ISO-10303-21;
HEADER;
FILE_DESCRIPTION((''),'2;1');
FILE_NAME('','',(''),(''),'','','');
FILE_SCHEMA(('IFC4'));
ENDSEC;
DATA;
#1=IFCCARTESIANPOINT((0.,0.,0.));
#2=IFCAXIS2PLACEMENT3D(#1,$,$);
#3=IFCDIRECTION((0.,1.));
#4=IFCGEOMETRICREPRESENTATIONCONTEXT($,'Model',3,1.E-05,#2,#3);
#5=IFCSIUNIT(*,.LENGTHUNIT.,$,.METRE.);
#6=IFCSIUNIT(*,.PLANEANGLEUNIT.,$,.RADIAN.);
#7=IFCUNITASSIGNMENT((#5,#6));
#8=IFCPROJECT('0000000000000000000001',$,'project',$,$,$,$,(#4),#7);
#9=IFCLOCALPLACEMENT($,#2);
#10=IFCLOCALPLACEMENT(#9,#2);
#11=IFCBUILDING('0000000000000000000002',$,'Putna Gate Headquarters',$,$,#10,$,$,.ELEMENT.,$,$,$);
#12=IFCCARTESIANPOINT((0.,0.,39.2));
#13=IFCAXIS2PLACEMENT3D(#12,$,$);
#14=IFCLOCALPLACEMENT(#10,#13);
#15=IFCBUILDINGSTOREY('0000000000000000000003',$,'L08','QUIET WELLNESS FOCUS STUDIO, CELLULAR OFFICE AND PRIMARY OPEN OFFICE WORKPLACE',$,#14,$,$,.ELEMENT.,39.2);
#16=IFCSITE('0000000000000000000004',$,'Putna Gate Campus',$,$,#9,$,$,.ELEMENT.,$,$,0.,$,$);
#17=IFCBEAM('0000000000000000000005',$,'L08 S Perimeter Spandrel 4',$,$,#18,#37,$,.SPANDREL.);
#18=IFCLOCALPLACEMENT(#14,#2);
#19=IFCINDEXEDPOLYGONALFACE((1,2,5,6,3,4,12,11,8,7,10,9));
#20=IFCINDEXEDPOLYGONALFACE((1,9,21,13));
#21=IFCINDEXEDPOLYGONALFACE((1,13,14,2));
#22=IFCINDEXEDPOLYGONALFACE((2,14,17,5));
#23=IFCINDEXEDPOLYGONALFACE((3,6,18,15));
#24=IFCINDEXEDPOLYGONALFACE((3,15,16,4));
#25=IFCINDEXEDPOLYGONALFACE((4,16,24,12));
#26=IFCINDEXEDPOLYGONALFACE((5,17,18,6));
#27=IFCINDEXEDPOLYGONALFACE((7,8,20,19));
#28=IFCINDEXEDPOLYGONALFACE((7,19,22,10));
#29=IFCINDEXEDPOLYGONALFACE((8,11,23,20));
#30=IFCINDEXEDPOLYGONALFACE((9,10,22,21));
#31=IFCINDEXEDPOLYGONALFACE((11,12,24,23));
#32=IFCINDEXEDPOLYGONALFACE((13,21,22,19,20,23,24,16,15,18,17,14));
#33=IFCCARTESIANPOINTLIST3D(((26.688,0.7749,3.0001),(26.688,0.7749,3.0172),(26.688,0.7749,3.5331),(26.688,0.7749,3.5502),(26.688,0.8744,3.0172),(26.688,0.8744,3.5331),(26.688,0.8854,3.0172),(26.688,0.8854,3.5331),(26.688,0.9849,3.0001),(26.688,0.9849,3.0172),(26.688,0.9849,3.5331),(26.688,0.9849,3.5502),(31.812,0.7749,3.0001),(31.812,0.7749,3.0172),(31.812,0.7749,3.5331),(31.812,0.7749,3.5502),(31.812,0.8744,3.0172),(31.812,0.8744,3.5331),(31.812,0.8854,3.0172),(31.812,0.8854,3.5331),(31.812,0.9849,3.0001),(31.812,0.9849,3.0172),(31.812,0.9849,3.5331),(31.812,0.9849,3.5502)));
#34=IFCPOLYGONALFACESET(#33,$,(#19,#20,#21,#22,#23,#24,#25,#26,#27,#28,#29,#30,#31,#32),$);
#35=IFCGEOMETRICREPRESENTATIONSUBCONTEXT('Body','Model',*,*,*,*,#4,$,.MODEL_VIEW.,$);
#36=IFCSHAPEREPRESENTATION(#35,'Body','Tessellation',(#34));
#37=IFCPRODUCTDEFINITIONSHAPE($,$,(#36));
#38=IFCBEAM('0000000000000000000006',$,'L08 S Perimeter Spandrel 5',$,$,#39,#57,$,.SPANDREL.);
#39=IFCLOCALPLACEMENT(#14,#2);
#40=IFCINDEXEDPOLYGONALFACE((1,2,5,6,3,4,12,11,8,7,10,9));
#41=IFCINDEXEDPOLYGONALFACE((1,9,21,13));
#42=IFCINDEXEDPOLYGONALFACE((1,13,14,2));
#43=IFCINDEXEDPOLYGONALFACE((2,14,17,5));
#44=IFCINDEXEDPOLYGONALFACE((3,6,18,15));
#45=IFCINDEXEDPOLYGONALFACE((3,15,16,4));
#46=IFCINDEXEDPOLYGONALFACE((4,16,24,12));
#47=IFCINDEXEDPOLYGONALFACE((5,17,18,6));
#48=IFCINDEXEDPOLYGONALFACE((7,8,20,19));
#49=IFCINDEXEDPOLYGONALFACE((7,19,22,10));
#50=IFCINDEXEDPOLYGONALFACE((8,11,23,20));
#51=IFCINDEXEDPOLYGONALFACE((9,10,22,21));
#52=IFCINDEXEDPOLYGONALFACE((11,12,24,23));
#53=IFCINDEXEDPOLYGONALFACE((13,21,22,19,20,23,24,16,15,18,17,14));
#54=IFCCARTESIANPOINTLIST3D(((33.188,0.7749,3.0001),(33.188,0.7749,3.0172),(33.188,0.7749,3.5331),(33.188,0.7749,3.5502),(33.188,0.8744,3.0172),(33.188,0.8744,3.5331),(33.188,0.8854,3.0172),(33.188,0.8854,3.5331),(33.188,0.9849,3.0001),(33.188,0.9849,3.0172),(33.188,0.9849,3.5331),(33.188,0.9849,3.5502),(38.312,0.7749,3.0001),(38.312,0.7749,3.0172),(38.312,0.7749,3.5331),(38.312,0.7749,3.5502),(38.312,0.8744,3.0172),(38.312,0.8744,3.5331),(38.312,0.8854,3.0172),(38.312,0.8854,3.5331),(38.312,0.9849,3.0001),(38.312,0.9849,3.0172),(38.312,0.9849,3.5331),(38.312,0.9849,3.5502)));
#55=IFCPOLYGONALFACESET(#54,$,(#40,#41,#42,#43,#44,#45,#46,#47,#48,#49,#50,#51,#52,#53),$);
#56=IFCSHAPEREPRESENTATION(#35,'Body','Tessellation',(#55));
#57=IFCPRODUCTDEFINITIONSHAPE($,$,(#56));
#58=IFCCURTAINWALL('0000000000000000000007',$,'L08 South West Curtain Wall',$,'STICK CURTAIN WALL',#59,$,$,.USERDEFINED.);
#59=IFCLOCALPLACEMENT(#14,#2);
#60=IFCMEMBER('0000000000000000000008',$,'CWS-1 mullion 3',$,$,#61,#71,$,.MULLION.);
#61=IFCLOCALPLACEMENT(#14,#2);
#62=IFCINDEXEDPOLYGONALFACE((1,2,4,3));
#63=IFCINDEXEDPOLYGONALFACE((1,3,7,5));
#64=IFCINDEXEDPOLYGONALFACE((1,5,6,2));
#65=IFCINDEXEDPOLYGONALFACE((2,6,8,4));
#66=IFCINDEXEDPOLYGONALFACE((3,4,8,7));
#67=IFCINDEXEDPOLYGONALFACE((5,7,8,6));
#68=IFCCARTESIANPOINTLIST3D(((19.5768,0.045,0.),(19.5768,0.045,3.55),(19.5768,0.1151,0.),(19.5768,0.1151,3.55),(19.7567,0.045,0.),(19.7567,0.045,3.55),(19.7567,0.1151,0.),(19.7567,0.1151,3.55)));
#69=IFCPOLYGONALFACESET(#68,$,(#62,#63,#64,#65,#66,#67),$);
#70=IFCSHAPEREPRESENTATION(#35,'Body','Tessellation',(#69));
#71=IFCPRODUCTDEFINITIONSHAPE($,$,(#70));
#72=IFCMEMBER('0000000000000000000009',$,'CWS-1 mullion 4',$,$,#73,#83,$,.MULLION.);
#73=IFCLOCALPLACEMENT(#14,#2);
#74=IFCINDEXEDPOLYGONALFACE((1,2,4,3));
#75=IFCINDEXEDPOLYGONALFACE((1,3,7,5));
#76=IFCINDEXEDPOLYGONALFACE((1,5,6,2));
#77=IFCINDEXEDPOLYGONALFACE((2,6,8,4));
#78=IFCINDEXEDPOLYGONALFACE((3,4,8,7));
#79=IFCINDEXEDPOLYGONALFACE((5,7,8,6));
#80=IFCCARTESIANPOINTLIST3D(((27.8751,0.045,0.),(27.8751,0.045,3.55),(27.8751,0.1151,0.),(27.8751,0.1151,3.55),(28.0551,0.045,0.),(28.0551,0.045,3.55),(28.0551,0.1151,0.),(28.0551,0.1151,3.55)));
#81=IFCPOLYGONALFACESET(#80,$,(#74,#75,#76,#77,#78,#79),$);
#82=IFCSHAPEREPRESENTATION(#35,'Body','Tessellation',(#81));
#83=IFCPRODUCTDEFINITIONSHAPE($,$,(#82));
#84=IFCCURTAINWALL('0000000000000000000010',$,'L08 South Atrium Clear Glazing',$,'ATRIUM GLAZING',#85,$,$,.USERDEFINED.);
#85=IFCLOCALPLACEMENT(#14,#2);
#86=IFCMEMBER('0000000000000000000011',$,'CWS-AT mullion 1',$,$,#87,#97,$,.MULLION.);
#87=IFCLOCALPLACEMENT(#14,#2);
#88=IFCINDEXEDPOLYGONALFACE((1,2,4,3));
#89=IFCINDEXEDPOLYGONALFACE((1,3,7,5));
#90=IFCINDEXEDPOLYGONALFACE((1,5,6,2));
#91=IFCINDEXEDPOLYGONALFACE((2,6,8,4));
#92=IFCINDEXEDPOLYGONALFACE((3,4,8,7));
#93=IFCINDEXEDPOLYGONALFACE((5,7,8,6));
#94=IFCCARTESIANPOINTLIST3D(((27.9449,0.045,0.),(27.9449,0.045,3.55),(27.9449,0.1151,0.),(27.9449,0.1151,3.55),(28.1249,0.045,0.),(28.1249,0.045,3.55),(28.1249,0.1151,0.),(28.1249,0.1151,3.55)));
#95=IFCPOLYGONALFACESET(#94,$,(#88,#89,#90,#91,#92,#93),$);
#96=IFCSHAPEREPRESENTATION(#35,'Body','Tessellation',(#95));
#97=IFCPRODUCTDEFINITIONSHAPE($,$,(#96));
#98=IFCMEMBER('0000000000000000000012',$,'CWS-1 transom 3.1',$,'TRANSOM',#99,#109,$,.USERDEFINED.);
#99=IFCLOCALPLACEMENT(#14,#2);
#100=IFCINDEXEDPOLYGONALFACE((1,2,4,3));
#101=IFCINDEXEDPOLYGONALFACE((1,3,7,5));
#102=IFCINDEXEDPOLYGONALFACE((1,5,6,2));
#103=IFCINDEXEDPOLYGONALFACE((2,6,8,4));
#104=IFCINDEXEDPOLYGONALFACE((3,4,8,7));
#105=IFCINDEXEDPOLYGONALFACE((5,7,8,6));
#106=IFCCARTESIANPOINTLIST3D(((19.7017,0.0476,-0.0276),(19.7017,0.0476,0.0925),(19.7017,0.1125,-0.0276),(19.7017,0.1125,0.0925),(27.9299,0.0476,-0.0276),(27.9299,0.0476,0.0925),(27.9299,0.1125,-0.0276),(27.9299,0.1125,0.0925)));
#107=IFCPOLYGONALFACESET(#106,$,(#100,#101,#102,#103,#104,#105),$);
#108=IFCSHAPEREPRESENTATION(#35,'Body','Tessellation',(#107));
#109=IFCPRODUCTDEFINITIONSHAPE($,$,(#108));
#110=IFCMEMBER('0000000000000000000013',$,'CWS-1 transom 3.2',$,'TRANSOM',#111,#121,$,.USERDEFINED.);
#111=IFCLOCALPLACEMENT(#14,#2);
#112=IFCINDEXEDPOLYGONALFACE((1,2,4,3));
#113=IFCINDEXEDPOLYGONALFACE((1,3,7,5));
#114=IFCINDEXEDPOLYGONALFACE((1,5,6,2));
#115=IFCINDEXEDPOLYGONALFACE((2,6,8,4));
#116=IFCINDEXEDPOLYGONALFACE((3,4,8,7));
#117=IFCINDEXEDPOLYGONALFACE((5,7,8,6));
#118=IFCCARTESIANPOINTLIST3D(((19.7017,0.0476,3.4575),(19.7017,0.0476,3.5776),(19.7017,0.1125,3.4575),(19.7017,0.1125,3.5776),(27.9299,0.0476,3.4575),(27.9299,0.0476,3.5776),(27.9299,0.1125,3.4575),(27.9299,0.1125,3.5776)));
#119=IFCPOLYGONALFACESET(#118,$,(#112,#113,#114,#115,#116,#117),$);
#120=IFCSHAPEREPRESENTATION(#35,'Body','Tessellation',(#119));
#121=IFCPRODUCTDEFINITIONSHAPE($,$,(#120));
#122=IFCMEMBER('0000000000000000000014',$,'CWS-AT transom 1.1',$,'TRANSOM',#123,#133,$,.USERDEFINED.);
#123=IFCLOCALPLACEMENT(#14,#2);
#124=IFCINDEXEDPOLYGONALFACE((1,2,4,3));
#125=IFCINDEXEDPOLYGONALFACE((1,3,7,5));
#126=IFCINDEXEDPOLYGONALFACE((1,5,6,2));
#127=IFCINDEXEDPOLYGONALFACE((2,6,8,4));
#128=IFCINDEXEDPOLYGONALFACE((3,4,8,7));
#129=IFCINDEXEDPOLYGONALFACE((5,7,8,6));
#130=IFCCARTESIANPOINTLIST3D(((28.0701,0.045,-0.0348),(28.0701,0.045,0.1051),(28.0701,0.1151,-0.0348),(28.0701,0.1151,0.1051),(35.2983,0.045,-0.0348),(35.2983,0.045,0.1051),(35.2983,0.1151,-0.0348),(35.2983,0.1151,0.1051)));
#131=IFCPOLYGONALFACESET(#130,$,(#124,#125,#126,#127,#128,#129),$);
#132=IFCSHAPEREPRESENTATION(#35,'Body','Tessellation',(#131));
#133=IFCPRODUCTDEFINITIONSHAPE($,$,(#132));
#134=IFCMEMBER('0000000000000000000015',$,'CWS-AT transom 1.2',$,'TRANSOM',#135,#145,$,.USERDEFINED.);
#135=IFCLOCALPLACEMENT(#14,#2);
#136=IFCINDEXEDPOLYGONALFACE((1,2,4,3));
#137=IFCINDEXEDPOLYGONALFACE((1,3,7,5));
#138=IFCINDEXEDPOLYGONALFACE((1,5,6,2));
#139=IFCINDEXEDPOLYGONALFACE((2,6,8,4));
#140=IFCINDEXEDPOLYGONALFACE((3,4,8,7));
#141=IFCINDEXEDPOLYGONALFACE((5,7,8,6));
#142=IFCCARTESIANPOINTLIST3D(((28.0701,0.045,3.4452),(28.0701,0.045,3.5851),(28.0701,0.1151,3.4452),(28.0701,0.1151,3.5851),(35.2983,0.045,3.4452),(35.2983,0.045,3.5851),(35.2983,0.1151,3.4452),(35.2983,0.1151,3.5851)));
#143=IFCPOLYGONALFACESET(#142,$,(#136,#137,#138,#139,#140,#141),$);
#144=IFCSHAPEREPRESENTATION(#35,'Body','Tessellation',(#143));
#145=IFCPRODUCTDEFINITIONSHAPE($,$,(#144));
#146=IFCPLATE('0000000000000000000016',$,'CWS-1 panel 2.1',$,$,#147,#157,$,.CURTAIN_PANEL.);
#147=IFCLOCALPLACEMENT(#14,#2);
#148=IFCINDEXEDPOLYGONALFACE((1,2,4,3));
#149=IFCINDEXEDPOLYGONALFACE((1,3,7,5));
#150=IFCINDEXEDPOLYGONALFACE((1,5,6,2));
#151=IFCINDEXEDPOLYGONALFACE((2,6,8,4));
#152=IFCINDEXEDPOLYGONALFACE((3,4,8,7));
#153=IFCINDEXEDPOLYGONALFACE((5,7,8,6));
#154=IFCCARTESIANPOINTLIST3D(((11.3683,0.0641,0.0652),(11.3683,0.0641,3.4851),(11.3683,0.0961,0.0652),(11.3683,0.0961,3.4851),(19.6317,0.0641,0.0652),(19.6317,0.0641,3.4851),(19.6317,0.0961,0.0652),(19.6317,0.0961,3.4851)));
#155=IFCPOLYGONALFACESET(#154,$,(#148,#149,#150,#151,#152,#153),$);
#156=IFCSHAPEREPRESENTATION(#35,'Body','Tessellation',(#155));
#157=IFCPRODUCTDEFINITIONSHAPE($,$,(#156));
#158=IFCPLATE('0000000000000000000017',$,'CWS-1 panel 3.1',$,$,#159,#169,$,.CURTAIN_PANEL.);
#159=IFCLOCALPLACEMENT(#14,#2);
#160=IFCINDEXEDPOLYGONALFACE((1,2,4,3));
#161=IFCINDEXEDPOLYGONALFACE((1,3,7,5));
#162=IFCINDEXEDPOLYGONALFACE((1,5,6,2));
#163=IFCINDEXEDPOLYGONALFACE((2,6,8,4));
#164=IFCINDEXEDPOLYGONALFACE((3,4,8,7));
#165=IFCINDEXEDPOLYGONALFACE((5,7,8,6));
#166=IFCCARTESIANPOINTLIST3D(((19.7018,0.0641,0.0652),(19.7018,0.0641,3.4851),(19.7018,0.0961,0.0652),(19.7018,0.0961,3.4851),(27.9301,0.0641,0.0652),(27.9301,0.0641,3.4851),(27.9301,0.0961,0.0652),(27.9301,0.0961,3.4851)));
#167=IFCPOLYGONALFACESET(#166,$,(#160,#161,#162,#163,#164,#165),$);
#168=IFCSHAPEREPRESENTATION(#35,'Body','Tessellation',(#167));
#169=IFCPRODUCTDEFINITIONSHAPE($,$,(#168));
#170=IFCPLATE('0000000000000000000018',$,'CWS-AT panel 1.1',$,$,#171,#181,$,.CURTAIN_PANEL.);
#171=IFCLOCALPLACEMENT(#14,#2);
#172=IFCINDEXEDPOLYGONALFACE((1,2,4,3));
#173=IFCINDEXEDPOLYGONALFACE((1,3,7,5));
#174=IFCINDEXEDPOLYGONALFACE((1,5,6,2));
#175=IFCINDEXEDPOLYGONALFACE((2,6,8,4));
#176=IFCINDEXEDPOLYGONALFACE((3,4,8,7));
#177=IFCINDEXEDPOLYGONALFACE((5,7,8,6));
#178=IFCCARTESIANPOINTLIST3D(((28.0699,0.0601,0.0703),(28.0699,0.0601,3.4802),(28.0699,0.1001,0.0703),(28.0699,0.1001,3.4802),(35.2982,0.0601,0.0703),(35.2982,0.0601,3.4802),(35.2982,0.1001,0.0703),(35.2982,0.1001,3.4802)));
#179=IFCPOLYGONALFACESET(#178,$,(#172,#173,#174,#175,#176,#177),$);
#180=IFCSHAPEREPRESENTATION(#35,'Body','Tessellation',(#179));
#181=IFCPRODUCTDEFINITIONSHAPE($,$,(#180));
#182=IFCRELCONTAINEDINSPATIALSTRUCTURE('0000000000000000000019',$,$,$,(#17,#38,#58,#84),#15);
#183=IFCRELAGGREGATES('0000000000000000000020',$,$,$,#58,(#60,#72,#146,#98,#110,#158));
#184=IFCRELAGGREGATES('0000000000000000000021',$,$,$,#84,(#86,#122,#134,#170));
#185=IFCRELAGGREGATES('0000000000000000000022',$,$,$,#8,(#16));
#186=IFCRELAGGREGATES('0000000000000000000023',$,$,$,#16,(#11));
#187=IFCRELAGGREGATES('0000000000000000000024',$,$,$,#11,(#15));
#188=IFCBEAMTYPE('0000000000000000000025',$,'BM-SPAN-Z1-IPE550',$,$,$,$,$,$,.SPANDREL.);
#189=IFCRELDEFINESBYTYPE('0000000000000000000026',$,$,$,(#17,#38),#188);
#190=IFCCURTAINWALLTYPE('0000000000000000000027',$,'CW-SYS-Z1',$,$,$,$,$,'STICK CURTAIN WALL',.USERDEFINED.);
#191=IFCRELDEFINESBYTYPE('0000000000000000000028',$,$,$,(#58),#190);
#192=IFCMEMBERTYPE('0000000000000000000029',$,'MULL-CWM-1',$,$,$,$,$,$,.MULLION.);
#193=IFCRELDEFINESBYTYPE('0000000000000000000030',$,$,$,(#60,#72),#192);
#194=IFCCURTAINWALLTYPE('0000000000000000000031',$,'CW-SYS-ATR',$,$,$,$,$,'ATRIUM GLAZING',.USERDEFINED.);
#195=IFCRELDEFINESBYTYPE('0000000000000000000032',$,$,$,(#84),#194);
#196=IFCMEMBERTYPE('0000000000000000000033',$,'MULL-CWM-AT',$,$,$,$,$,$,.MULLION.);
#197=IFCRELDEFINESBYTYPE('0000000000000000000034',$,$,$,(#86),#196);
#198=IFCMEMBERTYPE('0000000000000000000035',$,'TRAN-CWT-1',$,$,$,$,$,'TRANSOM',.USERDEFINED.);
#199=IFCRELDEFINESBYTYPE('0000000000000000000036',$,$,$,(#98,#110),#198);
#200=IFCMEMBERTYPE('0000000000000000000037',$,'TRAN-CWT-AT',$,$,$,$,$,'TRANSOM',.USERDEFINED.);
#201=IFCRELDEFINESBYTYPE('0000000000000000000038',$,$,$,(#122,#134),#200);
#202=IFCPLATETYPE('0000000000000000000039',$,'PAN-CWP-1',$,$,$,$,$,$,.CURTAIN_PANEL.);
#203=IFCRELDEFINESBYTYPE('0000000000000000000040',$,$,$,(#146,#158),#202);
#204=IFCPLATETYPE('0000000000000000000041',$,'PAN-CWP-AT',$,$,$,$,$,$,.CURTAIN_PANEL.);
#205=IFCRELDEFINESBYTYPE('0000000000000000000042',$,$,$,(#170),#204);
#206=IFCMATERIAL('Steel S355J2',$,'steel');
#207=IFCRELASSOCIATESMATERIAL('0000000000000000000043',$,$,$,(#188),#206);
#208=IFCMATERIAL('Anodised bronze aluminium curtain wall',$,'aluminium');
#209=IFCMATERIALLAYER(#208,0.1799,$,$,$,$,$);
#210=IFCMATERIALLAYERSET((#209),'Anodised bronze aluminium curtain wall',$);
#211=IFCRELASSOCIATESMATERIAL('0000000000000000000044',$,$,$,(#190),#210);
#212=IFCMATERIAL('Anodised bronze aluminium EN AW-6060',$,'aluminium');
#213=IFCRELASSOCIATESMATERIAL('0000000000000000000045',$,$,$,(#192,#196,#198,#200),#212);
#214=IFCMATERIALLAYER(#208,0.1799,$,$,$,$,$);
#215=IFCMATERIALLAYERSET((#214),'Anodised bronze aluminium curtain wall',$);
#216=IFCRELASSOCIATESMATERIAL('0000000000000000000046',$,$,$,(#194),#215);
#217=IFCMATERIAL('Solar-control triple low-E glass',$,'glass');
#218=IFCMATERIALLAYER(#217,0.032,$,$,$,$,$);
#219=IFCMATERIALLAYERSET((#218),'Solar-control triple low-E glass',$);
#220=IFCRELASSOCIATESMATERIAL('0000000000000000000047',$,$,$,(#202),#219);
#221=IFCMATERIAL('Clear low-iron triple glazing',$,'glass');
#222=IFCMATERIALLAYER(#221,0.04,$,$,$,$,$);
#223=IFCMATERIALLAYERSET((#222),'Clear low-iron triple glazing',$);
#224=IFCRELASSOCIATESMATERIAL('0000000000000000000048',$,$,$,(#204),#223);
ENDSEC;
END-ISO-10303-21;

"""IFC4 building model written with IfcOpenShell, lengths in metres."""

from ifc_helpers import new_model, si_unit, direction, frame, origin, origin_2d, place, context, subcontext, project, spatial, rectangle, i_section, extrude, material, layer, layer_set, material_profile, profile_set, type_object, element, aggregate, save


model = new_model("IFC4")

# Units and contexts
model_context = context("Model", 3, precision=1e-05, world=origin(), true_north=direction((0.0, 1.0)))
body_context = subcontext(model_context, "Body", "Model", "MODEL_VIEW")
ifc_project = project(units=[si_unit("LENGTHUNIT", "METRE"), si_unit("PLANEANGLEUNIT", "RADIAN")], contexts=[model_context])

# Site, building, storey
site_placement = place(None, origin())
site = spatial("IfcSite", under=ifc_project, at=site_placement, Name="Putna Gate Campus", CompositionType="ELEMENT", RefElevation=0.0)
building_placement = place(site_placement, origin())
building = spatial("IfcBuilding", under=site, at=building_placement, Name="Putna Gate Headquarters", CompositionType="ELEMENT")
storey_placement = place(building_placement, frame((0.0, 0.0, 39.2)))
storey = spatial("IfcBuildingStorey", under=building, at=storey_placement, Name="L08", Description="QUIET WELLNESS FOCUS STUDIO, CELLULAR OFFICE AND PRIMARY OPEN OFFICE WORKPLACE", CompositionType="ELEMENT", Elevation=39.2)

# Beams
ifc_material_1 = material(Name="Steel S355J2", Category="steel")
ifc_material_profile_1 = material_profile(ifc_material_1, i_section(OverallWidth=0.21, OverallDepth=0.55, WebThickness=0.011, FlangeThickness=0.0171, at=origin_2d()), Name="Steel S355J2")
ifc_profile_set_1 = profile_set([ifc_material_profile_1], Name="Steel S355J2")
beam_type_1 = type_object("IfcBeamType", Name="BM-SPAN-Z1-IPE550", PredefinedType="SPANDREL", material=ifc_profile_set_1)
for number, where, z_axis, x_axis, name in (
    (1, (26.688, 0.8799, 3.2751), (1.0, 0.0, 0.0), (0.0, 1.0, 0.0), "L08 S Perimeter Spandrel 4"),
    (2, (33.188, 0.8799, 3.2751), (1.0, 0.0, 0.0), (0.0, 1.0, 0.0), "L08 S Perimeter Spandrel 5"),
):
    element("IfcBeam", number, at=place(storey_placement, frame(where, z_axis=z_axis, x_axis=x_axis)), inside=storey, type_object=beam_type_1, Name=name, PredefinedType="SPANDREL", context=body_context, shape_type="SweptSolid", body=[
        extrude(i_section(OverallWidth=0.21, OverallDepth=0.55, WebThickness=0.011, FlangeThickness=0.0171, at=origin_2d()), origin(), (0.0, 0.0, 1.0), 5.124),
    ])

# Curtain wall, members
ifc_material_2 = material(Name="Anodised bronze aluminium curtain wall", Category="aluminium")
ifc_layer_1 = layer(ifc_material_2, 0.1799)
ifc_layer_set_1 = layer_set([ifc_layer_1], Name="Anodised bronze aluminium curtain wall")
curtain_wall_type_1 = type_object("IfcCurtainWallType", Name="CW-SYS-Z1", ElementType="STICK CURTAIN WALL", PredefinedType="USERDEFINED", material=ifc_layer_set_1)
curtain_wall_1_placement = place(storey_placement, origin())
curtain_wall_1 = element("IfcCurtainWall", 3, at=curtain_wall_1_placement, inside=storey, type_object=curtain_wall_type_1, Name="L08 South West Curtain Wall", ObjectType="STICK CURTAIN WALL", PredefinedType="USERDEFINED")
ifc_material_3 = material(Name="Anodised bronze aluminium EN AW-6060", Category="aluminium")
ifc_material_profile_2 = material_profile(ifc_material_3, rectangle(XDim=0.0701, YDim=0.1799, at=origin_2d()), Name="Anodised bronze aluminium EN AW-6060")
ifc_profile_set_2 = profile_set([ifc_material_profile_2], Name="Anodised bronze aluminium EN AW-6060")
member_type_1 = type_object("IfcMemberType", Name="MULL-CWM-1", PredefinedType="MULLION", material=ifc_profile_set_2)
member_1_placement = place(storey_placement, frame((19.6667, 0.0801, 0.0), z_axis=(0.0, 0.0, 1.0), x_axis=(0.0, 1.0, 0.0)))
member_1 = element("IfcMember", 4, at=member_1_placement, type_object=member_type_1, Name="CWS-1 mullion 3", PredefinedType="MULLION", context=body_context, shape_type="SweptSolid", body=[
    extrude(rectangle(XDim=0.0701, YDim=0.1799, at=origin_2d()), origin(), (0.0, 0.0, 1.0), 3.55),
])
member_2_placement = place(storey_placement, frame((27.9651, 0.0801, 0.0), z_axis=(0.0, 0.0, 1.0), x_axis=(0.0, 1.0, 0.0)))
member_2 = element("IfcMember", 5, at=member_2_placement, type_object=member_type_1, Name="CWS-1 mullion 4", PredefinedType="MULLION", context=body_context, shape_type="SweptSolid", body=[
    extrude(rectangle(XDim=0.0701, YDim=0.1799, at=origin_2d()), origin(), (0.0, 0.0, 1.0), 3.55),
])

# Curtain wall, member
ifc_layer_2 = layer(ifc_material_2, 0.1799)
ifc_layer_set_2 = layer_set([ifc_layer_2], Name="Anodised bronze aluminium curtain wall")
curtain_wall_type_2 = type_object("IfcCurtainWallType", Name="CW-SYS-ATR", ElementType="ATRIUM GLAZING", PredefinedType="USERDEFINED", material=ifc_layer_set_2)
curtain_wall_2_placement = place(storey_placement, origin())
curtain_wall_2 = element("IfcCurtainWall", 6, at=curtain_wall_2_placement, inside=storey, type_object=curtain_wall_type_2, Name="L08 South Atrium Clear Glazing", ObjectType="ATRIUM GLAZING", PredefinedType="USERDEFINED")
ifc_material_profile_3 = material_profile(ifc_material_3, rectangle(XDim=0.0701, YDim=0.1799, at=origin_2d()), Name="Anodised bronze aluminium EN AW-6060")
ifc_profile_set_3 = profile_set([ifc_material_profile_3], Name="Anodised bronze aluminium EN AW-6060")
member_type_2 = type_object("IfcMemberType", Name="MULL-CWM-AT", PredefinedType="MULLION", material=ifc_profile_set_3)
member_3_placement = place(storey_placement, frame((28.0349, 0.0801, 0.0), z_axis=(0.0, 0.0, 1.0), x_axis=(0.0, 1.0, 0.0)))
member_3 = element("IfcMember", 7, at=member_3_placement, type_object=member_type_2, Name="CWS-AT mullion 1", PredefinedType="MULLION", context=body_context, shape_type="SweptSolid", body=[
    extrude(rectangle(XDim=0.0701, YDim=0.1799, at=origin_2d()), origin(), (0.0, 0.0, 1.0), 3.55),
])

# Members
ifc_material_profile_4 = material_profile(ifc_material_3, rectangle(XDim=0.0649, YDim=0.1201, at=origin_2d()), Name="Anodised bronze aluminium EN AW-6060")
ifc_profile_set_4 = profile_set([ifc_material_profile_4], Name="Anodised bronze aluminium EN AW-6060")
member_type_3 = type_object("IfcMemberType", Name="TRAN-CWT-1", ElementType="TRANSOM", PredefinedType="USERDEFINED", material=ifc_profile_set_4)
member_4_placement = place(storey_placement, frame((19.7017, 0.0801, 0.0325), z_axis=(1.0, 0.0, 0.0), x_axis=(0.0, 1.0, 0.0)))
member_4 = element("IfcMember", 8, at=member_4_placement, type_object=member_type_3, Name="CWS-1 transom 3.1", ObjectType="TRANSOM", PredefinedType="USERDEFINED", context=body_context, shape_type="SweptSolid", body=[
    extrude(rectangle(XDim=0.0649, YDim=0.1201, at=origin_2d()), origin(), (0.0, 0.0, 1.0), 8.2283),
])
member_5_placement = place(storey_placement, frame((19.7017, 0.0801, 3.5176), z_axis=(1.0, 0.0, 0.0), x_axis=(0.0, 1.0, 0.0)))
member_5 = element("IfcMember", 9, at=member_5_placement, type_object=member_type_3, Name="CWS-1 transom 3.2", ObjectType="TRANSOM", PredefinedType="USERDEFINED", context=body_context, shape_type="SweptSolid", body=[
    extrude(rectangle(XDim=0.0649, YDim=0.1201, at=origin_2d()), origin(), (0.0, 0.0, 1.0), 8.2283),
])
ifc_material_profile_5 = material_profile(ifc_material_3, rectangle(XDim=0.0701, YDim=0.1399, at=origin_2d()), Name="Anodised bronze aluminium EN AW-6060")
ifc_profile_set_5 = profile_set([ifc_material_profile_5], Name="Anodised bronze aluminium EN AW-6060")
member_type_4 = type_object("IfcMemberType", Name="TRAN-CWT-AT", ElementType="TRANSOM", PredefinedType="USERDEFINED", material=ifc_profile_set_5)
member_6_placement = place(storey_placement, frame((28.0701, 0.0801, 0.0352), z_axis=(1.0, 0.0, 0.0), x_axis=(0.0, 1.0, 0.0)))
member_6 = element("IfcMember", 10, at=member_6_placement, type_object=member_type_4, Name="CWS-AT transom 1.1", ObjectType="TRANSOM", PredefinedType="USERDEFINED", context=body_context, shape_type="SweptSolid", body=[
    extrude(rectangle(XDim=0.0701, YDim=0.1399, at=origin_2d()), origin(), (0.0, 0.0, 1.0), 7.2283),
])
member_7_placement = place(storey_placement, frame((28.0701, 0.0801, 3.5151), z_axis=(1.0, 0.0, 0.0), x_axis=(0.0, 1.0, 0.0)))
member_7 = element("IfcMember", 11, at=member_7_placement, type_object=member_type_4, Name="CWS-AT transom 1.2", ObjectType="TRANSOM", PredefinedType="USERDEFINED", context=body_context, shape_type="SweptSolid", body=[
    extrude(rectangle(XDim=0.0701, YDim=0.1399, at=origin_2d()), origin(), (0.0, 0.0, 1.0), 7.2283),
])

# Plates
ifc_material_4 = material(Name="Solar-control triple low-E glass", Category="glass")
ifc_layer_3 = layer(ifc_material_4, 0.032)
ifc_layer_set_3 = layer_set([ifc_layer_3], Name="Solar-control triple low-E glass")
plate_type_1 = type_object("IfcPlateType", Name="PAN-CWP-1", PredefinedType="CURTAIN_PANEL", material=ifc_layer_set_3)
plate_1_placement = place(storey_placement, frame((15.5, 0.0801, 0.0652), z_axis=(0.0, 0.0, 1.0), x_axis=(1.0, 0.0, 0.0)))
plate_1 = element("IfcPlate", 12, at=plate_1_placement, type_object=plate_type_1, Name="CWS-1 panel 2.1", PredefinedType="CURTAIN_PANEL", context=body_context, shape_type="SweptSolid", body=[
    extrude(rectangle(XDim=8.2634, YDim=0.032, at=origin_2d()), origin(), (0.0, 0.0, 1.0), 3.4199),
])
plate_2_placement = place(storey_placement, frame((23.8159, 0.0801, 0.0652), z_axis=(0.0, 0.0, 1.0), x_axis=(1.0, 0.0, 0.0)))
plate_2 = element("IfcPlate", 13, at=plate_2_placement, type_object=plate_type_1, Name="CWS-1 panel 3.1", PredefinedType="CURTAIN_PANEL", context=body_context, shape_type="SweptSolid", body=[
    extrude(rectangle(XDim=8.2283, YDim=0.032, at=origin_2d()), origin(), (0.0, 0.0, 1.0), 3.4199),
])
aggregate(curtain_wall_1, [member_1, member_2, plate_1, member_4, member_5, plate_2])
ifc_material_5 = material(Name="Clear low-iron triple glazing", Category="glass")
ifc_layer_4 = layer(ifc_material_5, 0.04)
ifc_layer_set_4 = layer_set([ifc_layer_4], Name="Clear low-iron triple glazing")
plate_type_2 = type_object("IfcPlateType", Name="PAN-CWP-AT", PredefinedType="CURTAIN_PANEL", material=ifc_layer_set_4)
plate_3_placement = place(storey_placement, frame((31.6841, 0.0801, 0.0703), z_axis=(0.0, 0.0, 1.0), x_axis=(1.0, 0.0, 0.0)))
plate_3 = element("IfcPlate", 14, at=plate_3_placement, type_object=plate_type_2, Name="CWS-AT panel 1.1", PredefinedType="CURTAIN_PANEL", context=body_context, shape_type="SweptSolid", body=[
    extrude(rectangle(XDim=7.2283, YDim=0.04, at=origin_2d()), origin(), (0.0, 0.0, 1.0), 3.4099),
])
aggregate(curtain_wall_2, [member_3, member_6, member_7, plate_3])

save(model, "model.ifc")
